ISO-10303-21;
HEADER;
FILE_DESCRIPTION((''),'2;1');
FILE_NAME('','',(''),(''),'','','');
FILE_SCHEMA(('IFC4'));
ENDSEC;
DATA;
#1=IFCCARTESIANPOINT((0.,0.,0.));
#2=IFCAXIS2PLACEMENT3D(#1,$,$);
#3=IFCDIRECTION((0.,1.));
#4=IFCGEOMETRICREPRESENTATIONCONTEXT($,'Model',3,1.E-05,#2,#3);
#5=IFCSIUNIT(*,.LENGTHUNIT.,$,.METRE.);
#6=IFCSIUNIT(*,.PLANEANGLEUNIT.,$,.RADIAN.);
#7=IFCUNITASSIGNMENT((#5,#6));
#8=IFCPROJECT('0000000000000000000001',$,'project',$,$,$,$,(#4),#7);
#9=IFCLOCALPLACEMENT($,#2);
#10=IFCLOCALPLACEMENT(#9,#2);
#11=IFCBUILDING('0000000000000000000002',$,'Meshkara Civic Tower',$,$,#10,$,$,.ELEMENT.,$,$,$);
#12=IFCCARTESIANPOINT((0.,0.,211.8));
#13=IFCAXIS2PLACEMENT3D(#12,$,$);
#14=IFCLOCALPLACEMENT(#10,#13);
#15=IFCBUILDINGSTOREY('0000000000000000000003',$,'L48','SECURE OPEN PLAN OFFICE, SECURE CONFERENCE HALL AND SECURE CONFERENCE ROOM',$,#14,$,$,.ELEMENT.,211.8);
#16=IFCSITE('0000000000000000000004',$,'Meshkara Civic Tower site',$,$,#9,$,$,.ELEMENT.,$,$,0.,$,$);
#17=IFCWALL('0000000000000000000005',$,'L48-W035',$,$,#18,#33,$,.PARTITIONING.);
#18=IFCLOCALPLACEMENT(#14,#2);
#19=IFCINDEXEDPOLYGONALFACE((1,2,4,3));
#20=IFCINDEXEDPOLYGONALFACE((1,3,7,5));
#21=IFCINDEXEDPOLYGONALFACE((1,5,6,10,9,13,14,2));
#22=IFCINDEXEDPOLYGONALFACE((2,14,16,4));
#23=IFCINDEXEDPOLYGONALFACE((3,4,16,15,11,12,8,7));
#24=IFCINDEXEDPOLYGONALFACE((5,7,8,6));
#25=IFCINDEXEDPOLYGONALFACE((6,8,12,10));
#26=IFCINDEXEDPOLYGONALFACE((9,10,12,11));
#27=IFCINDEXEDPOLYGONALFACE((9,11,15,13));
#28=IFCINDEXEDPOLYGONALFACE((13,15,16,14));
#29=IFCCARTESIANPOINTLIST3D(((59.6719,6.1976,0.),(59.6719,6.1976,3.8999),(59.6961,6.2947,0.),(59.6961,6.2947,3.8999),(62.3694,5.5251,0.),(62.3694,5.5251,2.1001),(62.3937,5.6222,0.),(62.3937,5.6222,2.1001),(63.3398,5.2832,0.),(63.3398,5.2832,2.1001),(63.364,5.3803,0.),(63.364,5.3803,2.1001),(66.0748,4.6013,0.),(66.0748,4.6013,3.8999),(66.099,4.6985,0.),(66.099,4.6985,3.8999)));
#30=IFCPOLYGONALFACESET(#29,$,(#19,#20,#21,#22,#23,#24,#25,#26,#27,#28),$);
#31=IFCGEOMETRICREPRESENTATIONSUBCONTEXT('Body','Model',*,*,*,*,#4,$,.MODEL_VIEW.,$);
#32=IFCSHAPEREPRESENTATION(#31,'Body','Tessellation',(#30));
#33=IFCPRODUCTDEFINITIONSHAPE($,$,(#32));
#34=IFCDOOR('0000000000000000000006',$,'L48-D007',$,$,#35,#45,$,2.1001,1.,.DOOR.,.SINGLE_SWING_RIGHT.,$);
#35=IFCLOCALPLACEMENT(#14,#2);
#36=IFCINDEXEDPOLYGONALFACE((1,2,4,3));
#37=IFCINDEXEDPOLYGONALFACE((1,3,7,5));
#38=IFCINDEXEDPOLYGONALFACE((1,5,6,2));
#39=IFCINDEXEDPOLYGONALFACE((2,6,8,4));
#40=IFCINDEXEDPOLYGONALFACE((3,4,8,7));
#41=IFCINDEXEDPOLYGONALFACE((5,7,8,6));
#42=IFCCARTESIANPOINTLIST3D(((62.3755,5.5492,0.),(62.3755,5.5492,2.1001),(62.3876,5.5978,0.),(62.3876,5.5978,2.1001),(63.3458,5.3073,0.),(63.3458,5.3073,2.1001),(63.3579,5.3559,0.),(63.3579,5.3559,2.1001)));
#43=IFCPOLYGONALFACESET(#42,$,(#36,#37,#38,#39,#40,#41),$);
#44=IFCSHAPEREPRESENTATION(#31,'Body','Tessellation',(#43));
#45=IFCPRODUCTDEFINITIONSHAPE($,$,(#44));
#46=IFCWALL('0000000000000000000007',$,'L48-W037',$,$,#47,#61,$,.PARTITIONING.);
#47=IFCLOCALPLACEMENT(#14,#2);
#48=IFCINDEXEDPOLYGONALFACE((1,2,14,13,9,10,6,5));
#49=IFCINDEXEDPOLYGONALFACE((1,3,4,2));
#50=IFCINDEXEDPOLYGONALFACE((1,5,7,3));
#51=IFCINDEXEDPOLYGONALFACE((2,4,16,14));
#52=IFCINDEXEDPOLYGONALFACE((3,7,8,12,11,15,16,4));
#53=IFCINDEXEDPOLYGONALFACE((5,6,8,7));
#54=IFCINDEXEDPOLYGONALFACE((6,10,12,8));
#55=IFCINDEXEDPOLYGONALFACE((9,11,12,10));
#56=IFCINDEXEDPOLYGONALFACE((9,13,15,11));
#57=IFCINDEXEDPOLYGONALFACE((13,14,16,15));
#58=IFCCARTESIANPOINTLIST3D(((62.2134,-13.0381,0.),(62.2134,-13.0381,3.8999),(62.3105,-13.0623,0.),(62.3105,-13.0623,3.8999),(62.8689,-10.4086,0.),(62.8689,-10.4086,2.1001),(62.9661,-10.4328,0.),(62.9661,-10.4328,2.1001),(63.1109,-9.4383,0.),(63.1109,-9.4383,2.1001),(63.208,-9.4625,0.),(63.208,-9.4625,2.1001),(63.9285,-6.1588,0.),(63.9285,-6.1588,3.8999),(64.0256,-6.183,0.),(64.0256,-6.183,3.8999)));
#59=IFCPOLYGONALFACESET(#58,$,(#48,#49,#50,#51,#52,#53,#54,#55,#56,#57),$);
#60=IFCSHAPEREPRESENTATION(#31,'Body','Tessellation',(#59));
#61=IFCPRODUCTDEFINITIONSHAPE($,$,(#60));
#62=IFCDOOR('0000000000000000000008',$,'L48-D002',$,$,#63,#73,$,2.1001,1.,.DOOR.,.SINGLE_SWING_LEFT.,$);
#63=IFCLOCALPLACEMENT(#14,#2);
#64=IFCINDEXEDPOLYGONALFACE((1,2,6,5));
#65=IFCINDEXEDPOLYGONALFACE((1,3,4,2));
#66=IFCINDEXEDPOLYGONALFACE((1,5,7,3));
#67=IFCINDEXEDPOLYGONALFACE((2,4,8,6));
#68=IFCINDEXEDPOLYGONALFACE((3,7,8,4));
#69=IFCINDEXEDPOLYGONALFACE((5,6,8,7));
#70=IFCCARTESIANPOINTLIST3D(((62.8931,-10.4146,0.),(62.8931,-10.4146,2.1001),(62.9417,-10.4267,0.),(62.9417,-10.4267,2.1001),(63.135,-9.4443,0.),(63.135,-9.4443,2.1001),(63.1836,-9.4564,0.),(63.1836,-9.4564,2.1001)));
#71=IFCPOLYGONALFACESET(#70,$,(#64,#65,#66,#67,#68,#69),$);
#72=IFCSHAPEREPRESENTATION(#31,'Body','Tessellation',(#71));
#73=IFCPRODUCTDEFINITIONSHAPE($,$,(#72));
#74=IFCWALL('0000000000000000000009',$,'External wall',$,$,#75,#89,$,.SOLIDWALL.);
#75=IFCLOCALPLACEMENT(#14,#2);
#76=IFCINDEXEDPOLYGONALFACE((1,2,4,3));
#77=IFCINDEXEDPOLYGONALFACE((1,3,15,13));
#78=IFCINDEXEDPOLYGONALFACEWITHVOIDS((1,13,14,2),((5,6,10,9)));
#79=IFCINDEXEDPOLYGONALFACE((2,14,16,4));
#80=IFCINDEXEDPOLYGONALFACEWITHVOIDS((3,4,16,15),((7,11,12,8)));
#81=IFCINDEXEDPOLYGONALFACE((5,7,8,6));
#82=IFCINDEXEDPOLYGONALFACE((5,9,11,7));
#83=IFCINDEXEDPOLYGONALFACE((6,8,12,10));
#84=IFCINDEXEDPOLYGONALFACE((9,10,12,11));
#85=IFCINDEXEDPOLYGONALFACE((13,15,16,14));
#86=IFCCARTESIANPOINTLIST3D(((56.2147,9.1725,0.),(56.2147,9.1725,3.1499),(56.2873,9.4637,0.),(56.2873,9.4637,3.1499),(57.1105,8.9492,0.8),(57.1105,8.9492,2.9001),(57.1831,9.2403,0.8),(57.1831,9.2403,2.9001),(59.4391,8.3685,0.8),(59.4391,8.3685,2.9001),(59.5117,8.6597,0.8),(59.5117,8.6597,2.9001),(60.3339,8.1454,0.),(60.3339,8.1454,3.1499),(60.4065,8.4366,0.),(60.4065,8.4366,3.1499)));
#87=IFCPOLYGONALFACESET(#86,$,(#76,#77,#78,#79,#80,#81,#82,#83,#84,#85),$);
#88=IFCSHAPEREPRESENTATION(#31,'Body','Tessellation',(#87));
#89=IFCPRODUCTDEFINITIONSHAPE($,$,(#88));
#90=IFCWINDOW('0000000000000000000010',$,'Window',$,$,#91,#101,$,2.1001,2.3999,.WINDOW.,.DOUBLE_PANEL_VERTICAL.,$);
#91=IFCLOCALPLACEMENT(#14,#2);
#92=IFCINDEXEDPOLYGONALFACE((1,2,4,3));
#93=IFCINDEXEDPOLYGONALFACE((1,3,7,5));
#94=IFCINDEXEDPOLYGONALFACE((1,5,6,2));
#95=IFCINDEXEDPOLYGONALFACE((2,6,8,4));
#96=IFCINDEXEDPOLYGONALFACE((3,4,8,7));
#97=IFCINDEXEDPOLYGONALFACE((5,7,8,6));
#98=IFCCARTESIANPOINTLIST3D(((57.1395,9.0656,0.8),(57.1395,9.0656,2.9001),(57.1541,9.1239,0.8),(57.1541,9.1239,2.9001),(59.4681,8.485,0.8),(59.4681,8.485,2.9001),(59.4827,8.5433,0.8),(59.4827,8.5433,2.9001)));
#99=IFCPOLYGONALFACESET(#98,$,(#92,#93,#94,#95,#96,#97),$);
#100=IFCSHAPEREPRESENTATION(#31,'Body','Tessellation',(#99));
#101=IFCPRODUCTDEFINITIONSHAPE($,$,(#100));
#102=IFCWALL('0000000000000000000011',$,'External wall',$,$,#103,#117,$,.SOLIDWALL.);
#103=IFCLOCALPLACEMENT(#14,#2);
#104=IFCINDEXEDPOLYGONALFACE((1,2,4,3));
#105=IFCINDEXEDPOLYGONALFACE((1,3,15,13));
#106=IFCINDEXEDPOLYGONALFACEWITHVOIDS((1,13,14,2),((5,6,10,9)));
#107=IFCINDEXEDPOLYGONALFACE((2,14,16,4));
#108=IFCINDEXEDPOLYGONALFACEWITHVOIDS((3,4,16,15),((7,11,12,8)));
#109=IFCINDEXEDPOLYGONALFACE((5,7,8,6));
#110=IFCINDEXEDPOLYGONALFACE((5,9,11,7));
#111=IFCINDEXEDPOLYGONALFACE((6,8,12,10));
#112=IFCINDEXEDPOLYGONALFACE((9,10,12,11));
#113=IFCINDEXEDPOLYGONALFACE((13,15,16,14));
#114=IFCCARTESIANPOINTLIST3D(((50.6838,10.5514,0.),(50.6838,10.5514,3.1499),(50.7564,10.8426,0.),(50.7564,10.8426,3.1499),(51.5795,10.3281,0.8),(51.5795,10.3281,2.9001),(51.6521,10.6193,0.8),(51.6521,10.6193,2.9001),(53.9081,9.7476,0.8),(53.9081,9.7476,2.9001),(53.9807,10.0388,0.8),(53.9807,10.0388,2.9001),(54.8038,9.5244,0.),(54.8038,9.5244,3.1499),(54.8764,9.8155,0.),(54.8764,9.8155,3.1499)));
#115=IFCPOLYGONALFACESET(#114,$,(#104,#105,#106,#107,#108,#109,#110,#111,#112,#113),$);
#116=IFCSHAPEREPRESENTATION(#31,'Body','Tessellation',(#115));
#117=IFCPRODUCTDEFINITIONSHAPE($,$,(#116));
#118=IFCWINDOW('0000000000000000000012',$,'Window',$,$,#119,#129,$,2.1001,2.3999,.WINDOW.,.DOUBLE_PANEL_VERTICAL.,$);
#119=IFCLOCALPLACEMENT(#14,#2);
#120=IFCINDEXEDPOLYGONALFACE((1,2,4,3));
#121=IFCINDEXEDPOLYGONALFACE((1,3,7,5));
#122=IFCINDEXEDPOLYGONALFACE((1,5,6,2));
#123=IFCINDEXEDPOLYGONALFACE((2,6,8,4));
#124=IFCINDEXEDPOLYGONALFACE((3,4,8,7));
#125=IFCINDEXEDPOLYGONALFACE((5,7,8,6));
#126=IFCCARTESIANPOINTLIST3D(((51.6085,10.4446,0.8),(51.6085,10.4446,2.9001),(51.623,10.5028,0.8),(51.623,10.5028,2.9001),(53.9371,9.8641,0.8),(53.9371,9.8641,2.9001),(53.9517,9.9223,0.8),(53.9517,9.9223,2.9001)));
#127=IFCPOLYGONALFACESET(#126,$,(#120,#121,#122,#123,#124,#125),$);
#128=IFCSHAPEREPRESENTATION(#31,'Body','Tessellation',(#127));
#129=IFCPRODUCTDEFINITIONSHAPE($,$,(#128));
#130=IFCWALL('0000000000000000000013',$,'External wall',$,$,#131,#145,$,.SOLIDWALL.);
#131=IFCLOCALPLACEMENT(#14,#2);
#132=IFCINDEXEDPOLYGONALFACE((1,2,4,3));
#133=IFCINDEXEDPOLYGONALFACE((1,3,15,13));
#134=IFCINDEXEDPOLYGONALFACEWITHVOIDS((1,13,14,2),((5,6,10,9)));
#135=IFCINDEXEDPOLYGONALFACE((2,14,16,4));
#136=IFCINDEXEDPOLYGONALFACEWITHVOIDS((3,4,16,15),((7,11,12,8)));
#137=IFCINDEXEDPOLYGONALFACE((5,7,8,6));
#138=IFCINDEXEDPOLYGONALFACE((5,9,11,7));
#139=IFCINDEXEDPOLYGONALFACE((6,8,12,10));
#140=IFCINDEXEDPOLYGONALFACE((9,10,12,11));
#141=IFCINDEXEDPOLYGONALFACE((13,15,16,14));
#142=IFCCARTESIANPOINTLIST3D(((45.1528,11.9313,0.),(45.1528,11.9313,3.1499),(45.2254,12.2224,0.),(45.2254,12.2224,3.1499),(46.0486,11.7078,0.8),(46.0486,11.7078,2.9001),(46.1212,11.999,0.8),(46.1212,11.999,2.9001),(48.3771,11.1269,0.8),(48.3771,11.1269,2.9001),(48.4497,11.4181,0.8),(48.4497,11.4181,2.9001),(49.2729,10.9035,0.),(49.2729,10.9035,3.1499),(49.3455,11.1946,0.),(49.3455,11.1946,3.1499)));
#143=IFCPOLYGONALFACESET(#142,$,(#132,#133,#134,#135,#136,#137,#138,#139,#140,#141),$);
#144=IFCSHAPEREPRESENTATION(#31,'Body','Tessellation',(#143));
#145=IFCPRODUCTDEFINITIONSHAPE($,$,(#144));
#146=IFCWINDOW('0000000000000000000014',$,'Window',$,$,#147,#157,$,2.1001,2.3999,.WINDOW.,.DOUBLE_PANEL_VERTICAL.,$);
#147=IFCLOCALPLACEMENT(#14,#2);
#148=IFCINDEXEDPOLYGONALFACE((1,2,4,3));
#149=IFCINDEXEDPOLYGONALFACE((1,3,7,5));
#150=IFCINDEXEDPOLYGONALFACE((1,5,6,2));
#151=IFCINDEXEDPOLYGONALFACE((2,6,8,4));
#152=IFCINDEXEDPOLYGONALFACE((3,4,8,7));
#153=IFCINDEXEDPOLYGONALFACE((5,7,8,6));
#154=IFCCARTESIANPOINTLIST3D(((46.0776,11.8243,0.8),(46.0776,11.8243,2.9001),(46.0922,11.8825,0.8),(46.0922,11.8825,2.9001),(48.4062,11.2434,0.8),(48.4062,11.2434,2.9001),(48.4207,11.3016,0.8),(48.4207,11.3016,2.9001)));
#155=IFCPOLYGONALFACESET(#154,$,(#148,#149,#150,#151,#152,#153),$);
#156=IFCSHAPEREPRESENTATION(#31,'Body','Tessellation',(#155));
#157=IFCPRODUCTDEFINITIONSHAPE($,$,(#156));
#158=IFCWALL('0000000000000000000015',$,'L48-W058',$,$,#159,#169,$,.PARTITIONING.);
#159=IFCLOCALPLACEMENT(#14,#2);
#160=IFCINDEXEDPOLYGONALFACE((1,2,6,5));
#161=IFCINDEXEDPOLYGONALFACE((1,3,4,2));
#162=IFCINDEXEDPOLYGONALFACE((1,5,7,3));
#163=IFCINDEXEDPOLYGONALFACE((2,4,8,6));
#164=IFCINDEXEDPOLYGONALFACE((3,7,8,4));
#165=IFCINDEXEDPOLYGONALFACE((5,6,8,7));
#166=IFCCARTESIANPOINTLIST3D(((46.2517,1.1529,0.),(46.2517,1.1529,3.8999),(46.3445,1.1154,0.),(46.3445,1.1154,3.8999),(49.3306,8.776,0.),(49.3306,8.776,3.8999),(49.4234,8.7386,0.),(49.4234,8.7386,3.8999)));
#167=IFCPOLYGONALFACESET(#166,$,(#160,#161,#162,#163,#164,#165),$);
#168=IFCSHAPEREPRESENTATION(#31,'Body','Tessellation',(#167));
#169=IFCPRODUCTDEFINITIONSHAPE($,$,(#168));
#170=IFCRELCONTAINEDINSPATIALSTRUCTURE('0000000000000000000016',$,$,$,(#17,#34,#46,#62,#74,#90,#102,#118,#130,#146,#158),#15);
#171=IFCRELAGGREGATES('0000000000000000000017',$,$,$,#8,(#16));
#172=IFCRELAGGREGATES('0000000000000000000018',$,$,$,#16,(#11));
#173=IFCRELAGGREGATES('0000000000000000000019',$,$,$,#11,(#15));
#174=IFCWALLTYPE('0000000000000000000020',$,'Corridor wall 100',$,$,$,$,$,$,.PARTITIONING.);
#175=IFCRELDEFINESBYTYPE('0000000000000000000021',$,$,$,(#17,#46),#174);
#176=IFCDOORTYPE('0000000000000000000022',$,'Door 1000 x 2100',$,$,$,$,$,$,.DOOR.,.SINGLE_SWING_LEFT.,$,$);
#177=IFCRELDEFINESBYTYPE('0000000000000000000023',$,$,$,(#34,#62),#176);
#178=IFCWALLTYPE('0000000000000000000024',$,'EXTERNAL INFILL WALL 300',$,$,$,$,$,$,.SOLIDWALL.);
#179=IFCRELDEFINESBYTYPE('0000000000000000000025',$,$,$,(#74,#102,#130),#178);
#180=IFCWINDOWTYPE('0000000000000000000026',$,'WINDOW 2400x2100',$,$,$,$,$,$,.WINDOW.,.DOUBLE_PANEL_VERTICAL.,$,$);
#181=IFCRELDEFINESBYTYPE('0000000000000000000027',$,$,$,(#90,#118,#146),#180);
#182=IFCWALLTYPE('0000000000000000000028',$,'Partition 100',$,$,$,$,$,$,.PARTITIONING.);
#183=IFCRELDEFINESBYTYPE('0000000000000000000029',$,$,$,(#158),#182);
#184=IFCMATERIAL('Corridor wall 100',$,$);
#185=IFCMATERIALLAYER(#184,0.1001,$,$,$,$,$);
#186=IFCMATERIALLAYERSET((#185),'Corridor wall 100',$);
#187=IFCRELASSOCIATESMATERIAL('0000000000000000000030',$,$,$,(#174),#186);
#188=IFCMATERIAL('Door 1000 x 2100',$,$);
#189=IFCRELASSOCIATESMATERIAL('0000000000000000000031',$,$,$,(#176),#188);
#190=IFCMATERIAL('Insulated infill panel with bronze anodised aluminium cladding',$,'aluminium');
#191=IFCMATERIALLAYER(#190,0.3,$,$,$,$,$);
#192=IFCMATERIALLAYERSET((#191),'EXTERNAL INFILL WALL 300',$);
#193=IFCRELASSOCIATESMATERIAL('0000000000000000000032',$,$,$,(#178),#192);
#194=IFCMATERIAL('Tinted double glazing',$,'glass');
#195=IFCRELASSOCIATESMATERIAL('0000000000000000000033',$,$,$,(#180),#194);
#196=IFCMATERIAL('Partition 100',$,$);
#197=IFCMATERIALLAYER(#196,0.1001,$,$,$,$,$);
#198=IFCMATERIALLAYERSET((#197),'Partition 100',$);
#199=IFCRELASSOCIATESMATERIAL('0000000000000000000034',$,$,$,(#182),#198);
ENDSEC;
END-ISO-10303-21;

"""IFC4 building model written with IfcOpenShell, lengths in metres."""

from ifc_helpers import new_model, si_unit, direction, frame, frame_2d, origin, place, context, subcontext, project, spatial, rectangle, extrude, material, layer, layer_set, type_object, element, fill, save


model = new_model("IFC4")

# Units and contexts
model_context = context("Model", 3, precision=1e-05, world=origin(), true_north=direction((0.0, 1.0)))
body_context = subcontext(model_context, "Body", "Model", "MODEL_VIEW")
ifc_project = project(units=[si_unit("LENGTHUNIT", "METRE"), si_unit("PLANEANGLEUNIT", "RADIAN")], contexts=[model_context])

# Site, building, storey
site_placement = place(None, origin())
site = spatial("IfcSite", under=ifc_project, at=site_placement, Name="Meshkara Civic Tower site", CompositionType="ELEMENT", RefElevation=0.0)
building_placement = place(site_placement, origin())
building = spatial("IfcBuilding", under=site, at=building_placement, Name="Meshkara Civic Tower", CompositionType="ELEMENT")
storey_placement = place(building_placement, frame((0.0, 0.0, 211.8)))
storey = spatial("IfcBuildingStorey", under=building, at=storey_placement, Name="L48", Description="SECURE OPEN PLAN OFFICE, SECURE CONFERENCE HALL AND SECURE CONFERENCE ROOM", CompositionType="ELEMENT", Elevation=211.8)

# Shared definitions
ifc_material_1 = material(Name="Corridor wall 100")
ifc_layer_1 = layer(ifc_material_1, 0.1001)
ifc_layer_set_1 = layer_set([ifc_layer_1], Name="Corridor wall 100")
wall_type_1 = type_object("IfcWallType", Name="Corridor wall 100", PredefinedType="PARTITIONING", material=ifc_layer_set_1)

# Walls, openings, doors
wall_1_placement = place(storey_placement, frame((59.6841, 6.2461, 0.0), z_axis=(0.0, 0.0, 1.0), x_axis=(0.970303, -0.241891, 0.0)))
wall_1 = element("IfcWall", 1, at=wall_1_placement, inside=storey, type_object=wall_type_1, Name="L48-W035", PredefinedType="PARTITIONING", context=body_context, shape_type="SweptSolid", body=[
    extrude(rectangle(XDim=6.5989, YDim=0.1001, at=frame_2d((3.2993, 0.0))), origin(), (0.0, 0.0, 1.0), 3.8999),
])
opening_1_placement = place(wall_1_placement, frame((2.78, 0.0, 0.0)))
opening_1 = element("IfcOpeningElement", 2, at=opening_1_placement, cuts=wall_1, PredefinedType="OPENING", context=body_context, shape_type="SweptSolid", body=[
    extrude(rectangle(XDim=1.0, YDim=2.1001, at=frame_2d((0.5, 1.05))), frame((0.0, 0.0601, 0.0), z_axis=(0.0, -1.0, 0.0), x_axis=(1.0, 0.0, 0.0)), (0.0, 0.0, 1.0), 0.1201),
])
ifc_material_2 = material(Name="Door 1000 x 2100")
door_type = type_object("IfcDoorType", Name="Door 1000 x 2100", OperationType="SINGLE_SWING_LEFT", PredefinedType="DOOR", material=ifc_material_2)
door_1_placement = place(opening_1_placement, origin())
door_1 = element("IfcDoor", 3, at=door_1_placement, inside=storey, type_object=door_type, Name="L48-D007", OperationType="SINGLE_SWING_RIGHT", OverallHeight=2.1001, OverallWidth=1.0, PredefinedType="DOOR", context=body_context, shape_type="SweptSolid", body=[
    extrude(rectangle(XDim=1.0, YDim=2.1001, at=frame_2d((0.5, 1.05))), frame((0.0, 0.0249, 0.0), z_axis=(0.0, -1.0, 0.0), x_axis=(1.0, 0.0, 0.0)), (0.0, 0.0, 1.0), 0.05),
])
fill(opening_1, door_1)
wall_2_placement = place(storey_placement, frame((63.9771, -6.1709, 0.0), z_axis=(0.0, 0.0, 1.0), x_axis=(-0.241912, -0.970298, 0.0)))
wall_2 = element("IfcWall", 4, at=wall_2_placement, inside=storey, type_object=wall_type_1, Name="L48-W037", PredefinedType="PARTITIONING", context=body_context, shape_type="SweptSolid", body=[
    extrude(rectangle(XDim=7.0898, YDim=0.1001, at=frame_2d((3.5449, 0.0))), origin(), (0.0, 0.0, 1.0), 3.8999),
])
opening_2_placement = place(wall_2_placement, frame((3.3799, 0.0, 0.0)))
opening_2 = element("IfcOpeningElement", 5, at=opening_2_placement, cuts=wall_2, PredefinedType="OPENING", context=body_context, shape_type="SweptSolid", body=[
    extrude(rectangle(XDim=1.0, YDim=2.1001, at=frame_2d((0.5, 1.05))), frame((0.0, 0.0601, 0.0), z_axis=(0.0, -1.0, 0.0), x_axis=(1.0, 0.0, 0.0)), (0.0, 0.0, 1.0), 0.1201),
])
door_2_placement = place(opening_2_placement, origin())
door_2 = element("IfcDoor", 6, at=door_2_placement, inside=storey, type_object=door_type, Name="L48-D002", OperationType="SINGLE_SWING_LEFT", OverallHeight=2.1001, OverallWidth=1.0, PredefinedType="DOOR", context=body_context, shape_type="SweptSolid", body=[
    extrude(rectangle(XDim=1.0, YDim=2.1001, at=frame_2d((0.5, 1.05))), frame((0.0, 0.0249, 0.0), z_axis=(0.0, -1.0, 0.0), x_axis=(1.0, 0.0, 0.0)), (0.0, 0.0, 1.0), 0.05),
])
fill(opening_2, door_2)

# Walls, openings, windows
ifc_material_3 = material(Name="Insulated infill panel with bronze anodised aluminium cladding", Category="aluminium")
ifc_layer_2 = layer(ifc_material_3, 0.3)
ifc_layer_set_2 = layer_set([ifc_layer_2], Name="EXTERNAL INFILL WALL 300")
wall_type_2 = type_object("IfcWallType", Name="EXTERNAL INFILL WALL 300", PredefinedType="SOLIDWALL", material=ifc_layer_set_2)
wall_3_placement = place(storey_placement, frame((60.3701, 8.291, 0.0), z_axis=(0.0, 0.0, 1.0), x_axis=(-0.970291, 0.24194, 0.0)))
wall_3 = element("IfcWall", 7, at=wall_3_placement, inside=storey, type_object=wall_type_2, Name="External wall", PredefinedType="SOLIDWALL", context=body_context, shape_type="SweptSolid", body=[
    extrude(rectangle(XDim=4.2454, YDim=0.3, at=frame_2d((2.1226, 0.0))), origin(), (0.0, 0.0, 1.0), 3.1499),
])
opening_3_placement = place(wall_3_placement, frame((0.9221, 0.0, 0.8)))
opening_3 = element("IfcOpeningElement", 8, at=opening_3_placement, cuts=wall_3, PredefinedType="OPENING", context=body_context, shape_type="SweptSolid", body=[
    extrude(rectangle(XDim=2.3999, YDim=2.1001, at=frame_2d((1.2, 1.05))), frame((0.0, 0.1599, 0.0), z_axis=(0.0, -1.0, 0.0), x_axis=(1.0, 0.0, 0.0)), (0.0, 0.0, 1.0), 0.3201),
])
ifc_material_4 = material(Name="Tinted double glazing", Category="glass")
window_type = type_object("IfcWindowType", Name="WINDOW 2400x2100", PartitioningType="DOUBLE_PANEL_VERTICAL", PredefinedType="WINDOW", material=ifc_material_4)
window_1_placement = place(opening_3_placement, origin())
window_1 = element("IfcWindow", 9, at=window_1_placement, inside=storey, type_object=window_type, Name="Window", OverallHeight=2.1001, OverallWidth=2.3999, PartitioningType="DOUBLE_PANEL_VERTICAL", PredefinedType="WINDOW", context=body_context, shape_type="SweptSolid", body=[
    extrude(rectangle(XDim=2.3999, YDim=2.1001, at=frame_2d((1.2, 1.05))), frame((0.0, 0.03, 0.0), z_axis=(0.0, -1.0, 0.0), x_axis=(1.0, 0.0, 0.0)), (0.0, 0.0, 1.0), 0.0601),
])
fill(opening_3, window_1)
wall_4_placement = place(storey_placement, frame((54.8401, 9.6699, 0.0), z_axis=(0.0, 0.0, 1.0), x_axis=(-0.970305, 0.241886, 0.0)))
wall_4 = element("IfcWall", 10, at=wall_4_placement, inside=storey, type_object=wall_type_2, Name="External wall", PredefinedType="SOLIDWALL", context=body_context, shape_type="SweptSolid", body=[
    extrude(rectangle(XDim=4.2461, YDim=0.3, at=frame_2d((2.123, 0.0))), origin(), (0.0, 0.0, 1.0), 3.1499),
])
opening_4_placement = place(wall_4_placement, frame((0.9231, 0.0, 0.8)))
opening_4 = element("IfcOpeningElement", 11, at=opening_4_placement, cuts=wall_4, PredefinedType="OPENING", context=body_context, shape_type="SweptSolid", body=[
    extrude(rectangle(XDim=2.3999, YDim=2.1001, at=frame_2d((1.2, 1.05))), frame((0.0, 0.1599, 0.0), z_axis=(0.0, -1.0, 0.0), x_axis=(1.0, 0.0, 0.0)), (0.0, 0.0, 1.0), 0.3201),
])
window_2_placement = place(opening_4_placement, origin())
window_2 = element("IfcWindow", 12, at=window_2_placement, inside=storey, type_object=window_type, Name="Window", OverallHeight=2.1001, OverallWidth=2.3999, PartitioningType="DOUBLE_PANEL_VERTICAL", PredefinedType="WINDOW", context=body_context, shape_type="SweptSolid", body=[
    extrude(rectangle(XDim=2.3999, YDim=2.1001, at=frame_2d((1.2, 1.05))), frame((0.0, 0.03, 0.0), z_axis=(0.0, -1.0, 0.0), x_axis=(1.0, 0.0, 0.0)), (0.0, 0.0, 1.0), 0.0601),
])
fill(opening_4, window_2)
wall_5_placement = place(storey_placement, frame((49.3091, 11.0491, 0.0), z_axis=(0.0, 0.0, 1.0), x_axis=(-0.970264, 0.242049, 0.0)))
wall_5 = element("IfcWall", 13, at=wall_5_placement, inside=storey, type_object=wall_type_2, Name="External wall", PredefinedType="SOLIDWALL", context=body_context, shape_type="SweptSolid", body=[
    extrude(rectangle(XDim=4.2463, YDim=0.3, at=frame_2d((2.123, 0.0))), origin(), (0.0, 0.0, 1.0), 3.1499),
])
opening_5_placement = place(wall_5_placement, frame((0.9231, 0.0, 0.8)))
opening_5 = element("IfcOpeningElement", 14, at=opening_5_placement, cuts=wall_5, PredefinedType="OPENING", context=body_context, shape_type="SweptSolid", body=[
    extrude(rectangle(XDim=2.3999, YDim=2.1001, at=frame_2d((1.2, 1.05))), frame((0.0, 0.1599, 0.0), z_axis=(0.0, -1.0, 0.0), x_axis=(1.0, 0.0, 0.0)), (0.0, 0.0, 1.0), 0.3201),
])
window_3_placement = place(opening_5_placement, origin())
window_3 = element("IfcWindow", 15, at=window_3_placement, inside=storey, type_object=window_type, Name="Window", OverallHeight=2.1001, OverallWidth=2.3999, PartitioningType="DOUBLE_PANEL_VERTICAL", PredefinedType="WINDOW", context=body_context, shape_type="SweptSolid", body=[
    extrude(rectangle(XDim=2.3999, YDim=2.1001, at=frame_2d((1.2, 1.05))), frame((0.0, 0.03, 0.0), z_axis=(0.0, -1.0, 0.0), x_axis=(1.0, 0.0, 0.0)), (0.0, 0.0, 1.0), 0.0601),
])
fill(opening_5, window_3)

# Wall
ifc_material_5 = material(Name="Partition 100")
ifc_layer_3 = layer(ifc_material_5, 0.1001)
ifc_layer_set_3 = layer_set([ifc_layer_3], Name="Partition 100")
wall_type_3 = type_object("IfcWallType", Name="Partition 100", PredefinedType="PARTITIONING", material=ifc_layer_set_3)
for number, where, z_axis, x_axis, name in (
    (16, (46.2981, 1.134, 0.0), (0.0, 0.0, 1.0), (0.374496, 0.927228, 0.0), "L48-W058"),
):
    element("IfcWall", number, at=place(storey_placement, frame(where, z_axis=z_axis, x_axis=x_axis)), inside=storey, type_object=wall_type_3, Name=name, PredefinedType="PARTITIONING", context=body_context, shape_type="SweptSolid", body=[
        extrude(rectangle(XDim=8.2214, YDim=0.1001, at=frame_2d((4.1108, 0.0))), origin(), (0.0, 0.0, 1.0), 3.8999),
    ])

save(model, "model.ifc")
